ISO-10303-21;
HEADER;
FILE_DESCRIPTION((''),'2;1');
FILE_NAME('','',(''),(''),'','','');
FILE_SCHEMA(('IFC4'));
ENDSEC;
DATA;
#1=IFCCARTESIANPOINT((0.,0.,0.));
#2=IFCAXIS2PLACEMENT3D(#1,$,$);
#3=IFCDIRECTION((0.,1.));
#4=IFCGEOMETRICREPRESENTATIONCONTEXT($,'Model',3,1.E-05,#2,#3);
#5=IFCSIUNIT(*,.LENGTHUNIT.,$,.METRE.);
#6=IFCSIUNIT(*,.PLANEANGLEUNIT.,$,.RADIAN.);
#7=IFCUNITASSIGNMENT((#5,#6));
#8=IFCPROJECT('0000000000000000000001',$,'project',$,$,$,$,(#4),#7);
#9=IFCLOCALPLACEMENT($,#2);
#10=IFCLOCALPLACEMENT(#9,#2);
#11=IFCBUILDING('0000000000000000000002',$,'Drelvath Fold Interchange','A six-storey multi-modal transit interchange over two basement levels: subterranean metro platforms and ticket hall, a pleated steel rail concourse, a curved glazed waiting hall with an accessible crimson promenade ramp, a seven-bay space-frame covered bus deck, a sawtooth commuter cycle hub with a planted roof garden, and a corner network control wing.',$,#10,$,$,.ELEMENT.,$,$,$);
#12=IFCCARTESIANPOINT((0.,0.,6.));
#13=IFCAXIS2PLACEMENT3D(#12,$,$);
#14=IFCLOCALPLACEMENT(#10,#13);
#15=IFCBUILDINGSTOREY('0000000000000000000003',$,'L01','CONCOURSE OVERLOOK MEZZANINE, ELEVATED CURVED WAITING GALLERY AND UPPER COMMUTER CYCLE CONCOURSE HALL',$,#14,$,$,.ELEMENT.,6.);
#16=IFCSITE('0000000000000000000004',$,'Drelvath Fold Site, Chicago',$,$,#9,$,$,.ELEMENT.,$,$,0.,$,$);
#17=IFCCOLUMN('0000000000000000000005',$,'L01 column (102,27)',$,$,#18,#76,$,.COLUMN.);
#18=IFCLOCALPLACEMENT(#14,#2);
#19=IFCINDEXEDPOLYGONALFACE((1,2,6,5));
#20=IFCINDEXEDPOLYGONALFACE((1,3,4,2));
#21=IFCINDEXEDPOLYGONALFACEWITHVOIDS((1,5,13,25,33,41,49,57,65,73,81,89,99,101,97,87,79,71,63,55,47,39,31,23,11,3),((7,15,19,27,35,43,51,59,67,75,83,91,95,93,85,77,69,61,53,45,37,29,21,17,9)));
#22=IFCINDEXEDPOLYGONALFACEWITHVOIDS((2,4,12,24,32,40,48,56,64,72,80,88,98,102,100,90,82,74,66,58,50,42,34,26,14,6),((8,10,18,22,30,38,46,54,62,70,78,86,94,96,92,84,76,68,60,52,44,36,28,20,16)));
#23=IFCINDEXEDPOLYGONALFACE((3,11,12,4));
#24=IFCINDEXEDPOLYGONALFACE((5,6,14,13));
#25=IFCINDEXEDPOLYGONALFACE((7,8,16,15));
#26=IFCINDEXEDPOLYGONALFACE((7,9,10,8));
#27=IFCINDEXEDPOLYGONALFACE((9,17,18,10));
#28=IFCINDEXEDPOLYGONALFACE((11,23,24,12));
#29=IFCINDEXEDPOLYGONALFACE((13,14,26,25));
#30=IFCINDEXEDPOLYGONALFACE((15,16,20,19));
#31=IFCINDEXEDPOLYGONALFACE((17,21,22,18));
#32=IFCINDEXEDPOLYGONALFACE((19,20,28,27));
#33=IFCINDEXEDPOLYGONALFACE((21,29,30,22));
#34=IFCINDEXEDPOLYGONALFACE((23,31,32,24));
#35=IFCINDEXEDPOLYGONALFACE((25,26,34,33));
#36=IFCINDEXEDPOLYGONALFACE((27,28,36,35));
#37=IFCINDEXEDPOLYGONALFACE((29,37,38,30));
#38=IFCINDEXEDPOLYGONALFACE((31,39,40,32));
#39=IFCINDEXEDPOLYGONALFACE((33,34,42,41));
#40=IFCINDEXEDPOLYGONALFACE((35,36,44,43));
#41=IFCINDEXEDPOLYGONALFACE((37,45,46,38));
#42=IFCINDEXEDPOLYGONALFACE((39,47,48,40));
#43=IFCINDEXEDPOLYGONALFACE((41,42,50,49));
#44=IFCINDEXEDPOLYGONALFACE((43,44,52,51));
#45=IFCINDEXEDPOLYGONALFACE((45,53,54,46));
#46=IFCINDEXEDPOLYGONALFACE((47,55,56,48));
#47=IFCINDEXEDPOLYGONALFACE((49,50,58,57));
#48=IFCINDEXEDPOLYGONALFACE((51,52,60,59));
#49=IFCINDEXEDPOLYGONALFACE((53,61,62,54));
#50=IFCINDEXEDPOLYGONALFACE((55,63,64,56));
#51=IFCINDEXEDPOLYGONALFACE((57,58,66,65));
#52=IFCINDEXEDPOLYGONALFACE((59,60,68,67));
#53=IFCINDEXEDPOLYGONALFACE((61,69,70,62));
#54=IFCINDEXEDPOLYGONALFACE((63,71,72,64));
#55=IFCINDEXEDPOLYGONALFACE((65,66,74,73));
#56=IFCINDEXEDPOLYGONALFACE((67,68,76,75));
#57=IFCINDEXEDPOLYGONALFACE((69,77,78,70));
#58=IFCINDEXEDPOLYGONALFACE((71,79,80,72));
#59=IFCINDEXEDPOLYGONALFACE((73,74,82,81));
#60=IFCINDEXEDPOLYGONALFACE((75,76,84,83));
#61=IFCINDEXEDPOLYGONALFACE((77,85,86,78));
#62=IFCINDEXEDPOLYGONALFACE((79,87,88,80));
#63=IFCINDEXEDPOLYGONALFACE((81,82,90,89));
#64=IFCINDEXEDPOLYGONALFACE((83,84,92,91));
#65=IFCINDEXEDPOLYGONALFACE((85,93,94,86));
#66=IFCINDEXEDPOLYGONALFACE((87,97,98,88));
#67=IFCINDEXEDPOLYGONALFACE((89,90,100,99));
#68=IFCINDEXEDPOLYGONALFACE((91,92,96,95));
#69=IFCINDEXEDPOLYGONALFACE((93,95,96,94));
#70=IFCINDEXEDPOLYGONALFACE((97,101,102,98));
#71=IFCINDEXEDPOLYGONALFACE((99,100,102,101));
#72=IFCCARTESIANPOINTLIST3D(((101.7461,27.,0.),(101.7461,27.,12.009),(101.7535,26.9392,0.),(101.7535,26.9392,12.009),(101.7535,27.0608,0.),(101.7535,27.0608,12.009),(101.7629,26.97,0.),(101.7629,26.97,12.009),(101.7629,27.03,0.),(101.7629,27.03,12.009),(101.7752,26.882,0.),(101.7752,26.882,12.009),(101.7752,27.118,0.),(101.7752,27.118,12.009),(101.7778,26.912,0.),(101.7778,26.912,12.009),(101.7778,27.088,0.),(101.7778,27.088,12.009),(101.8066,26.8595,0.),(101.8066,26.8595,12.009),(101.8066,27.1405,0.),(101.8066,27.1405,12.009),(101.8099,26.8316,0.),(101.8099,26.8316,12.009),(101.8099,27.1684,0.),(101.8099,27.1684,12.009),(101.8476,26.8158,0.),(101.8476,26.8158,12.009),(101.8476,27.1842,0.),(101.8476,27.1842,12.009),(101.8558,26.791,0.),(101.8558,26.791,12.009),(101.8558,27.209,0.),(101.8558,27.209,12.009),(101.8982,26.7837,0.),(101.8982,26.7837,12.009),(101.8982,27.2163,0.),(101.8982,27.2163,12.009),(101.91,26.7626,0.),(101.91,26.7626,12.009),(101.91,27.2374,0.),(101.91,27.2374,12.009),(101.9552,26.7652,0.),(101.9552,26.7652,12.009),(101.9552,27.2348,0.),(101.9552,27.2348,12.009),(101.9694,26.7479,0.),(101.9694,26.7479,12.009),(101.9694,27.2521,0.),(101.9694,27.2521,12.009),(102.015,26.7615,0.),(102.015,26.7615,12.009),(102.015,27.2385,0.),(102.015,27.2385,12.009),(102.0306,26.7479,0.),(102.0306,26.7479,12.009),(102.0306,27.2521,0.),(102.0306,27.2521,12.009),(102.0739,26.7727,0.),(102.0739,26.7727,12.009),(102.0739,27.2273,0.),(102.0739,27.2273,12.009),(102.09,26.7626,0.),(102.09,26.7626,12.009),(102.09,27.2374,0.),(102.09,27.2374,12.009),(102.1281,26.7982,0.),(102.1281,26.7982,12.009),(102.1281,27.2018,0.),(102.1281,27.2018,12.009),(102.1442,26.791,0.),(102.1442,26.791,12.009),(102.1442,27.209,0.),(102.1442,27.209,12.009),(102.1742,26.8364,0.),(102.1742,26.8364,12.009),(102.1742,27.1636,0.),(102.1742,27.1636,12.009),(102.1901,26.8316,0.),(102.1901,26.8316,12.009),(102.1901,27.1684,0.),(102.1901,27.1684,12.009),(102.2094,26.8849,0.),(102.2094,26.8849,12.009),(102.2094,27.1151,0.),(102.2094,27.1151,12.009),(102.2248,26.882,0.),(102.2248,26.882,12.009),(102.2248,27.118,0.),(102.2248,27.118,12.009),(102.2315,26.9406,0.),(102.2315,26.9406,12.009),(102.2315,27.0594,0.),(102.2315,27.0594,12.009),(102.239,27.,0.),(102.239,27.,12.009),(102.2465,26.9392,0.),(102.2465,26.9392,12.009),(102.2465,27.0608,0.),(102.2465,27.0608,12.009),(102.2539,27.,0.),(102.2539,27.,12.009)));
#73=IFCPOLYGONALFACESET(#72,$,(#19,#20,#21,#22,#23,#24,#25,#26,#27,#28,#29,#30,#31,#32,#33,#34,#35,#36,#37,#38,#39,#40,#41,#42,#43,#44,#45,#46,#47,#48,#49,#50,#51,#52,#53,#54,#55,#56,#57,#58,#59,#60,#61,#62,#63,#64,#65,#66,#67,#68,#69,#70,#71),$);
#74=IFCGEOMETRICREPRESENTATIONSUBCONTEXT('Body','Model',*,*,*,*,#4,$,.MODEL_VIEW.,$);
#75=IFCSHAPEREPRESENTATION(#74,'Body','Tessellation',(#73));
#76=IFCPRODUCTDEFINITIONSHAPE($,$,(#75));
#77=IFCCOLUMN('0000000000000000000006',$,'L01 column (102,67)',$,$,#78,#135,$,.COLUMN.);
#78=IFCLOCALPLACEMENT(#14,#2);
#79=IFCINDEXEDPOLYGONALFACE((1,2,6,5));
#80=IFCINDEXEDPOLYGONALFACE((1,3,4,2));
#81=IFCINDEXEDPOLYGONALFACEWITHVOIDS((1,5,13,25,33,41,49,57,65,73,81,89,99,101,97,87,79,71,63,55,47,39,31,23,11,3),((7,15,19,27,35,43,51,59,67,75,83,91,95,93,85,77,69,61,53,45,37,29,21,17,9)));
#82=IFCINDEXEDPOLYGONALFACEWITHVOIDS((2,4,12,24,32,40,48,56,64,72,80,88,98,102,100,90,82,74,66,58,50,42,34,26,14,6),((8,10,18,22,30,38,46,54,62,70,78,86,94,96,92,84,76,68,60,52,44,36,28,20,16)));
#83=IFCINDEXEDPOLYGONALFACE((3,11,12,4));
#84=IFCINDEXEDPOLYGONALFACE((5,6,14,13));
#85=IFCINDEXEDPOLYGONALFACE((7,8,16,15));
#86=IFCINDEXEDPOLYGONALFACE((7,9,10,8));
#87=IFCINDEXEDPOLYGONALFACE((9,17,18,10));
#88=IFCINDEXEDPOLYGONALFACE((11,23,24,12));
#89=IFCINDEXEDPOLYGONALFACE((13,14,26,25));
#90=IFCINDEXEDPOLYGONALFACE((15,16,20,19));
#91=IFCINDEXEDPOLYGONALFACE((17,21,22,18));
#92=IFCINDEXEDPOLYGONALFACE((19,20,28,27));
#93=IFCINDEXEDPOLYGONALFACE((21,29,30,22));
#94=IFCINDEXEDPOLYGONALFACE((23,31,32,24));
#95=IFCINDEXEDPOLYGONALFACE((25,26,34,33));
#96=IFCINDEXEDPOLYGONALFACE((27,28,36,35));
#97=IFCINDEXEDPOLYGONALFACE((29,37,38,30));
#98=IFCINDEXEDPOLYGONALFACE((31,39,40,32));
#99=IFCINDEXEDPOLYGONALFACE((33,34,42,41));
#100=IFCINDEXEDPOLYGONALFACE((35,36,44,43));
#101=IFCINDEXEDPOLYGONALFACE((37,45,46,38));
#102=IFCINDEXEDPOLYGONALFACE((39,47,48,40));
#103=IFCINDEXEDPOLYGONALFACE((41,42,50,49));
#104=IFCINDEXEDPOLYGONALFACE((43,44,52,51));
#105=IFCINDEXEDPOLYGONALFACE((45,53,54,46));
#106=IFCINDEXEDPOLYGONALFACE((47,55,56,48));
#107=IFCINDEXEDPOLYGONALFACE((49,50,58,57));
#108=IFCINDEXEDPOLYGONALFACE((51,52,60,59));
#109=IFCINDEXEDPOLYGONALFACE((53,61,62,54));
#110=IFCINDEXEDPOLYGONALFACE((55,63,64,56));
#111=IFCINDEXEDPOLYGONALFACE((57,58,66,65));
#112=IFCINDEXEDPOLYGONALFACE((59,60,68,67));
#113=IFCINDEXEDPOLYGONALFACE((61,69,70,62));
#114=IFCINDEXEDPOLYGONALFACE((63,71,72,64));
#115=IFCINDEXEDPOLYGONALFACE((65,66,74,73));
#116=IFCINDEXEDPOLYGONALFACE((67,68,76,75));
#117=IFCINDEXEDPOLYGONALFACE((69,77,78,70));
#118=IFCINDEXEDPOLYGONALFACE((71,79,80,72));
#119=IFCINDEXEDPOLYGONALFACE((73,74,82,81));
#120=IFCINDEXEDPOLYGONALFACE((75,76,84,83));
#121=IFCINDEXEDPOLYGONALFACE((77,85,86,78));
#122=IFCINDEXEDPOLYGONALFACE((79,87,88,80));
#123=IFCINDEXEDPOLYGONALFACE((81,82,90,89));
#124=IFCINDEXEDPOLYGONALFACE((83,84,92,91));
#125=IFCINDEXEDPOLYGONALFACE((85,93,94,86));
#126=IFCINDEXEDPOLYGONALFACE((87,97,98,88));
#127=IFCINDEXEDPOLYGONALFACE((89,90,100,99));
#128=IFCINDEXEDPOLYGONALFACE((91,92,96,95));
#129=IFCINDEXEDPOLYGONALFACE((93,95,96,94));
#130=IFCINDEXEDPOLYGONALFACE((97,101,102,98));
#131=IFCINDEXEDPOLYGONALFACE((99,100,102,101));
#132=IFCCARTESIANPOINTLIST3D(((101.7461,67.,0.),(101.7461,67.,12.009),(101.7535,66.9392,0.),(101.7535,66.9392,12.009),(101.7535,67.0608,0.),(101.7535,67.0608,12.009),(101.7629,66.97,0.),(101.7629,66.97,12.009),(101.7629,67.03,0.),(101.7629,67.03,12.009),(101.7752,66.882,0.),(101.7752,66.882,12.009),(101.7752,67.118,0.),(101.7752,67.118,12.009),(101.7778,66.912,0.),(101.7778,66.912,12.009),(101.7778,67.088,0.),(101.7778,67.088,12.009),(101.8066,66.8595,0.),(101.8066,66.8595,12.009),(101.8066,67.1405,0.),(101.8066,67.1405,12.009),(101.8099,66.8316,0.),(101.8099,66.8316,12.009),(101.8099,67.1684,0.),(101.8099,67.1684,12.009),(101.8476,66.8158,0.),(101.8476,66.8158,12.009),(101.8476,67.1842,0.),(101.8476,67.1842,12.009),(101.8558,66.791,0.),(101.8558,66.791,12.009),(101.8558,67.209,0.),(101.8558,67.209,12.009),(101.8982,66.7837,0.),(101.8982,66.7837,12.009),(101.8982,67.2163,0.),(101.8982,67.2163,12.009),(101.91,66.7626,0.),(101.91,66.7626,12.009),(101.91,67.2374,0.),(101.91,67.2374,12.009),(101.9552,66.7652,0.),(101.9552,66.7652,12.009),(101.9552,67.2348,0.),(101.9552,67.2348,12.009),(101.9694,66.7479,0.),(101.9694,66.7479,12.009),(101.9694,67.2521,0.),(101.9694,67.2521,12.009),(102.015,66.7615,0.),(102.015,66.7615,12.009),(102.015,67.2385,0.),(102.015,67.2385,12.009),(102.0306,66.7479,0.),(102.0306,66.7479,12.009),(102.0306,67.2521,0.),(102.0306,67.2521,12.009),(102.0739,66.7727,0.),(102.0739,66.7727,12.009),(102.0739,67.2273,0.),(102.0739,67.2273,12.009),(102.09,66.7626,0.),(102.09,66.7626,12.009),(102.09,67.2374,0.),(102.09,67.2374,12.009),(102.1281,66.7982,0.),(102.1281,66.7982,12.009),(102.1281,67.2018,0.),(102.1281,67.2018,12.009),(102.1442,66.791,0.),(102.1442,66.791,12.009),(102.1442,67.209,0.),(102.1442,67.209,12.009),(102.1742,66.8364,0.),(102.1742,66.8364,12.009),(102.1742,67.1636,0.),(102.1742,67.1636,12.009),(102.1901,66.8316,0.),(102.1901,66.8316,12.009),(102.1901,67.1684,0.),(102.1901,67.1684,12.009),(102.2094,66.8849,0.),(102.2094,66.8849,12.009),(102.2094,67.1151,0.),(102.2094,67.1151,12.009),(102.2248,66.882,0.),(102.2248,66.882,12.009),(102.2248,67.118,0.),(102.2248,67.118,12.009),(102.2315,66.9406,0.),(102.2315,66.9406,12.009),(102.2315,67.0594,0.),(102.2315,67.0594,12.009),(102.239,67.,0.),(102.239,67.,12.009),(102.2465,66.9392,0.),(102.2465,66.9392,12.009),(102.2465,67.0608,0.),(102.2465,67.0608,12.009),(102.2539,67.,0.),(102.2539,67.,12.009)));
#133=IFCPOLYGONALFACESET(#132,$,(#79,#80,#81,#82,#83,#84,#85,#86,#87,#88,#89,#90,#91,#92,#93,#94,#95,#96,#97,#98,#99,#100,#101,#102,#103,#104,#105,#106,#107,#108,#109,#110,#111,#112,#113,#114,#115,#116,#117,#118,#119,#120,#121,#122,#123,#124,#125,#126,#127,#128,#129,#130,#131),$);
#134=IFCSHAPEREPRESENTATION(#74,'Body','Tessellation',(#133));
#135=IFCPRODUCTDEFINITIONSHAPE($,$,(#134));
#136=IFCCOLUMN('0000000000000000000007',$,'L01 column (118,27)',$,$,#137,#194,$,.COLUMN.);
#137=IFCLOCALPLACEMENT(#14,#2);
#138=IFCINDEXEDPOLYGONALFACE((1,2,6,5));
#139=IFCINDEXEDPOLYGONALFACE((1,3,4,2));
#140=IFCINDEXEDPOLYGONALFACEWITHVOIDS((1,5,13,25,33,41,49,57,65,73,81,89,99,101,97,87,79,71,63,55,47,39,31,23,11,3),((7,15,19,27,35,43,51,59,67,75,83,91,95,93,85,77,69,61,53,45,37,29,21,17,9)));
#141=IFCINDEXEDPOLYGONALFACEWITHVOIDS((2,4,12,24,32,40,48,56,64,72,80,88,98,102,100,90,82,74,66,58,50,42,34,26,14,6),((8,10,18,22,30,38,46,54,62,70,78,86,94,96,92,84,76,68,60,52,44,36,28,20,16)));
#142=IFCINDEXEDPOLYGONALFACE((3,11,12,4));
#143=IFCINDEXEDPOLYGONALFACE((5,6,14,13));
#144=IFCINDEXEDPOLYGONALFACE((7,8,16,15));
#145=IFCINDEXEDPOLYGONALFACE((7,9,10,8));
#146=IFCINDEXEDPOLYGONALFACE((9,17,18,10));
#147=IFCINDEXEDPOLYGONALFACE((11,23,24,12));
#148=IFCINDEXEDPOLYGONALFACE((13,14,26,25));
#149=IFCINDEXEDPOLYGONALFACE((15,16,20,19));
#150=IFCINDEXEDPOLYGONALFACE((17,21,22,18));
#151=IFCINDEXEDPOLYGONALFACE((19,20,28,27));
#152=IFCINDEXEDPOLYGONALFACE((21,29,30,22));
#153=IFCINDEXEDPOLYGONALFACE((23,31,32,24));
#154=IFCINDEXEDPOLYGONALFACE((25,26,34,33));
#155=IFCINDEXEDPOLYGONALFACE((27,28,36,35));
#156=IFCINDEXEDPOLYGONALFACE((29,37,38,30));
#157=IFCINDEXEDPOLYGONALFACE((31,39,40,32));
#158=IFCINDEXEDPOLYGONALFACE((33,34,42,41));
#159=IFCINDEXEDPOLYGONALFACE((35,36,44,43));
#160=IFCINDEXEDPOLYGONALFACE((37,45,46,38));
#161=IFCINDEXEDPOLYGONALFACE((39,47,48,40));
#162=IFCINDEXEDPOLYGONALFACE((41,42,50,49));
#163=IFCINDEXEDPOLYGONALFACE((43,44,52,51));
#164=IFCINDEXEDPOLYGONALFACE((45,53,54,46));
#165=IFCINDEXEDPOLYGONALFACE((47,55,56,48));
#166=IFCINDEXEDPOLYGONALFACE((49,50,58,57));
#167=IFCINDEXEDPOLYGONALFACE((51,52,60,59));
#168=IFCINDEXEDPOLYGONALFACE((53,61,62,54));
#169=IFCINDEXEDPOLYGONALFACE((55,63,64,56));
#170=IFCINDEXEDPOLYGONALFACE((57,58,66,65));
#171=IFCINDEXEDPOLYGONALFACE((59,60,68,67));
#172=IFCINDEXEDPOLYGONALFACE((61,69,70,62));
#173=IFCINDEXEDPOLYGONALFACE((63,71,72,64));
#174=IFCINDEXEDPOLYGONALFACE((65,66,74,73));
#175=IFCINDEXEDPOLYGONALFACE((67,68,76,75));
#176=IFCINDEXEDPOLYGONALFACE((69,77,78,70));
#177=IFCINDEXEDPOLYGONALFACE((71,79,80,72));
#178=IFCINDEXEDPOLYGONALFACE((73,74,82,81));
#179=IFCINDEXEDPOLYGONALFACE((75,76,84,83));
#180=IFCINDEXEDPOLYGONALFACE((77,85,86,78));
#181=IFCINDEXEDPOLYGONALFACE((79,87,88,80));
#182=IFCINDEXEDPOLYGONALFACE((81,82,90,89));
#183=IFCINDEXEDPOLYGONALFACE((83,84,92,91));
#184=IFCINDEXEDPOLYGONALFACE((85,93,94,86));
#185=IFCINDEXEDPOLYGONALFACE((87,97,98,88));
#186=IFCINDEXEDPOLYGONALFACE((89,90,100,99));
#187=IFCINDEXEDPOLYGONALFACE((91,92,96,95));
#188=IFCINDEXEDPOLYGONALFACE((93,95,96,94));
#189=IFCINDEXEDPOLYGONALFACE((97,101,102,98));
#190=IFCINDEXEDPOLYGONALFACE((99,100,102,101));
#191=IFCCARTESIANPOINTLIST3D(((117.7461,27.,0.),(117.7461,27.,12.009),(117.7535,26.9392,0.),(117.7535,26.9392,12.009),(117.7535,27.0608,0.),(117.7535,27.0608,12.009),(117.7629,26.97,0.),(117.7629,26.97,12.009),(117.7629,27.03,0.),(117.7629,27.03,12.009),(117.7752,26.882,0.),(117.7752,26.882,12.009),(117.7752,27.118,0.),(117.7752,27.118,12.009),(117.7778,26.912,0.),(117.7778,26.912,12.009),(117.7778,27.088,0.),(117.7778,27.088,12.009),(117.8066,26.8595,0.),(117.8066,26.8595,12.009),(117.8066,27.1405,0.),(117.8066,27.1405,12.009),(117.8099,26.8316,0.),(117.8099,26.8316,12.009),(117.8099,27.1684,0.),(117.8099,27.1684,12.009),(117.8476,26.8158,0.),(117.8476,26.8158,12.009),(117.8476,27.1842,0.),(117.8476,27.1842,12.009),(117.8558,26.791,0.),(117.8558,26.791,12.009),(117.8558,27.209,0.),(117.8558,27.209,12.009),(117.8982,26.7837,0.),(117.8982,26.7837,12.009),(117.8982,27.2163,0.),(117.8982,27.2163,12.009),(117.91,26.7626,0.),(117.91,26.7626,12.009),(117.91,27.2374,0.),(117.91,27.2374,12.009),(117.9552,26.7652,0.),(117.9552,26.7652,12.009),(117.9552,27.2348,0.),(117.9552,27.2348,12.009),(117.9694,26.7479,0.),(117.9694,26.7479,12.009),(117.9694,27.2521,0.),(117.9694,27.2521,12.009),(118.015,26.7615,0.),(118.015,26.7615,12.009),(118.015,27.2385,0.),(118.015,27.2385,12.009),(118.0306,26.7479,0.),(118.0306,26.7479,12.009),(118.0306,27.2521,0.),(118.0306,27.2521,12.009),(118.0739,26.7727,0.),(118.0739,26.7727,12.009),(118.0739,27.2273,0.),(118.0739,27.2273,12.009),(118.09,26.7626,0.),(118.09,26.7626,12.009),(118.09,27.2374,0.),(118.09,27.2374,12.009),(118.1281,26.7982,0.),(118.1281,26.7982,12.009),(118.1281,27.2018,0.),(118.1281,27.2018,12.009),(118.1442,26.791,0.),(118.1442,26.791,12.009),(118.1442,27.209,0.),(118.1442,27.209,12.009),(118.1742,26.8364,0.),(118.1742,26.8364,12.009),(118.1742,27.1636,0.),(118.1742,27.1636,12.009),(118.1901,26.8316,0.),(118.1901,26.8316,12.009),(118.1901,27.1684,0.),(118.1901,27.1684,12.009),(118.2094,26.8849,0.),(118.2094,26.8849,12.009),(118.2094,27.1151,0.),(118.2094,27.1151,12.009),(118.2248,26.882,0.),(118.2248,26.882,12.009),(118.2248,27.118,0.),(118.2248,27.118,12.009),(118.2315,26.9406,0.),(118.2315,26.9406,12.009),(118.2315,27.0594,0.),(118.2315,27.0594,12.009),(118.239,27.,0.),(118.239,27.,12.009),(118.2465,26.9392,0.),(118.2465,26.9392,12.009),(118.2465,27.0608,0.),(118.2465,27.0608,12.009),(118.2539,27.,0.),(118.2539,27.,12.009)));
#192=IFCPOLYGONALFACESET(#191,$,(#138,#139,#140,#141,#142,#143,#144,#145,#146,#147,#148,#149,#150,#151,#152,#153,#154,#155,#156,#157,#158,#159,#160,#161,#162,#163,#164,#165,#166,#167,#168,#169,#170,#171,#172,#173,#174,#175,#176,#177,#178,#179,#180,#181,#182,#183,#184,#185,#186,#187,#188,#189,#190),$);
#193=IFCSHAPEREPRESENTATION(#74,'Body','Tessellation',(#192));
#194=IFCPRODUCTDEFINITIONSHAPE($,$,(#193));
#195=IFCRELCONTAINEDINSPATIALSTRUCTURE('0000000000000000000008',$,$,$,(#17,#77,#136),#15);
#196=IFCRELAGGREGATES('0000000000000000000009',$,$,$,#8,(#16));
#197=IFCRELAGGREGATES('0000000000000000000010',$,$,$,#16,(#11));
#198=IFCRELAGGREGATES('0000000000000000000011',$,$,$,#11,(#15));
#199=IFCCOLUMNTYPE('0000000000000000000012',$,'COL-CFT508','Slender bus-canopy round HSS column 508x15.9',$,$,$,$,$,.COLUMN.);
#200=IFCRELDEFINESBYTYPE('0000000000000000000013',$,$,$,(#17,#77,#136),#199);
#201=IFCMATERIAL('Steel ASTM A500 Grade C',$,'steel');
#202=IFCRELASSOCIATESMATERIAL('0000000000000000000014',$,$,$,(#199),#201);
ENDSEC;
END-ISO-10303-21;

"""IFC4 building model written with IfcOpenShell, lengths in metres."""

from ifc_helpers import new_model, si_unit, direction, frame, origin, origin_2d, place, context, subcontext, project, spatial, hollow_circle, extrude, material, material_profile, profile_set, type_object, element, save


model = new_model("IFC4")

# Units and contexts
model_context = context("Model", 3, precision=1e-05, world=origin(), true_north=direction((0.0, 1.0)))
body_context = subcontext(model_context, "Body", "Model", "MODEL_VIEW")
ifc_project = project(units=[si_unit("LENGTHUNIT", "METRE"), si_unit("PLANEANGLEUNIT", "RADIAN")], contexts=[model_context])

# Site, building, storey
site_placement = place(None, origin())
site = spatial("IfcSite", under=ifc_project, at=site_placement, Name="Drelvath Fold Site, Chicago", CompositionType="ELEMENT", RefElevation=0.0)
building_placement = place(site_placement, origin())
building = spatial("IfcBuilding", under=site, at=building_placement, Name="Drelvath Fold Interchange", Description="A six-storey multi-modal transit interchange over two basement levels: subterranean metro platforms and ticket hall, a pleated steel rail concourse, a curved glazed waiting hall with an accessible crimson promenade ramp, a seven-bay space-frame covered bus deck, a sawtooth commuter cycle hub with a planted roof garden, and a corner network control wing.", CompositionType="ELEMENT")
storey_placement = place(building_placement, frame((0.0, 0.0, 6.0)))
storey = spatial("IfcBuildingStorey", under=building, at=storey_placement, Name="L01", Description="CONCOURSE OVERLOOK MEZZANINE, ELEVATED CURVED WAITING GALLERY AND UPPER COMMUTER CYCLE CONCOURSE HALL", CompositionType="ELEMENT", Elevation=6.0)

# Columns
ifc_material_1 = material(Name="Steel ASTM A500 Grade C", Category="steel")
ifc_material_profile_1 = material_profile(ifc_material_1, hollow_circle(Radius=0.2539, WallThickness=0.0149, at=origin_2d()), Name="HSS20.000X0.625")
ifc_profile_set_1 = profile_set([ifc_material_profile_1], Name="Steel ASTM A500 Grade C")
column_type_1 = type_object("IfcColumnType", Name="COL-CFT508", Description="Slender bus-canopy round HSS column 508x15.9", PredefinedType="COLUMN", material=ifc_profile_set_1)
for number, where, z_axis, x_axis, name in (
    (1, (102.0, 27.0, 0.0), (0.0, 0.0, 1.0), (1.0, 0.0, 0.0), "L01 column (102,27)"),
    (2, (102.0, 67.0, 0.0), (0.0, 0.0, 1.0), (1.0, 0.0, 0.0), "L01 column (102,67)"),
    (3, (118.0, 27.0, 0.0), (0.0, 0.0, 1.0), (1.0, 0.0, 0.0), "L01 column (118,27)"),
):
    element("IfcColumn", number, at=place(storey_placement, frame(where, z_axis=z_axis, x_axis=x_axis)), inside=storey, type_object=column_type_1, Name=name, PredefinedType="COLUMN", context=body_context, shape_type="SweptSolid", body=[
        extrude(hollow_circle(Radius=0.2539, WallThickness=0.0149, at=origin_2d()), origin(), (0.0, 0.0, 1.0), 12.009),
    ])

save(model, "model.ifc")
